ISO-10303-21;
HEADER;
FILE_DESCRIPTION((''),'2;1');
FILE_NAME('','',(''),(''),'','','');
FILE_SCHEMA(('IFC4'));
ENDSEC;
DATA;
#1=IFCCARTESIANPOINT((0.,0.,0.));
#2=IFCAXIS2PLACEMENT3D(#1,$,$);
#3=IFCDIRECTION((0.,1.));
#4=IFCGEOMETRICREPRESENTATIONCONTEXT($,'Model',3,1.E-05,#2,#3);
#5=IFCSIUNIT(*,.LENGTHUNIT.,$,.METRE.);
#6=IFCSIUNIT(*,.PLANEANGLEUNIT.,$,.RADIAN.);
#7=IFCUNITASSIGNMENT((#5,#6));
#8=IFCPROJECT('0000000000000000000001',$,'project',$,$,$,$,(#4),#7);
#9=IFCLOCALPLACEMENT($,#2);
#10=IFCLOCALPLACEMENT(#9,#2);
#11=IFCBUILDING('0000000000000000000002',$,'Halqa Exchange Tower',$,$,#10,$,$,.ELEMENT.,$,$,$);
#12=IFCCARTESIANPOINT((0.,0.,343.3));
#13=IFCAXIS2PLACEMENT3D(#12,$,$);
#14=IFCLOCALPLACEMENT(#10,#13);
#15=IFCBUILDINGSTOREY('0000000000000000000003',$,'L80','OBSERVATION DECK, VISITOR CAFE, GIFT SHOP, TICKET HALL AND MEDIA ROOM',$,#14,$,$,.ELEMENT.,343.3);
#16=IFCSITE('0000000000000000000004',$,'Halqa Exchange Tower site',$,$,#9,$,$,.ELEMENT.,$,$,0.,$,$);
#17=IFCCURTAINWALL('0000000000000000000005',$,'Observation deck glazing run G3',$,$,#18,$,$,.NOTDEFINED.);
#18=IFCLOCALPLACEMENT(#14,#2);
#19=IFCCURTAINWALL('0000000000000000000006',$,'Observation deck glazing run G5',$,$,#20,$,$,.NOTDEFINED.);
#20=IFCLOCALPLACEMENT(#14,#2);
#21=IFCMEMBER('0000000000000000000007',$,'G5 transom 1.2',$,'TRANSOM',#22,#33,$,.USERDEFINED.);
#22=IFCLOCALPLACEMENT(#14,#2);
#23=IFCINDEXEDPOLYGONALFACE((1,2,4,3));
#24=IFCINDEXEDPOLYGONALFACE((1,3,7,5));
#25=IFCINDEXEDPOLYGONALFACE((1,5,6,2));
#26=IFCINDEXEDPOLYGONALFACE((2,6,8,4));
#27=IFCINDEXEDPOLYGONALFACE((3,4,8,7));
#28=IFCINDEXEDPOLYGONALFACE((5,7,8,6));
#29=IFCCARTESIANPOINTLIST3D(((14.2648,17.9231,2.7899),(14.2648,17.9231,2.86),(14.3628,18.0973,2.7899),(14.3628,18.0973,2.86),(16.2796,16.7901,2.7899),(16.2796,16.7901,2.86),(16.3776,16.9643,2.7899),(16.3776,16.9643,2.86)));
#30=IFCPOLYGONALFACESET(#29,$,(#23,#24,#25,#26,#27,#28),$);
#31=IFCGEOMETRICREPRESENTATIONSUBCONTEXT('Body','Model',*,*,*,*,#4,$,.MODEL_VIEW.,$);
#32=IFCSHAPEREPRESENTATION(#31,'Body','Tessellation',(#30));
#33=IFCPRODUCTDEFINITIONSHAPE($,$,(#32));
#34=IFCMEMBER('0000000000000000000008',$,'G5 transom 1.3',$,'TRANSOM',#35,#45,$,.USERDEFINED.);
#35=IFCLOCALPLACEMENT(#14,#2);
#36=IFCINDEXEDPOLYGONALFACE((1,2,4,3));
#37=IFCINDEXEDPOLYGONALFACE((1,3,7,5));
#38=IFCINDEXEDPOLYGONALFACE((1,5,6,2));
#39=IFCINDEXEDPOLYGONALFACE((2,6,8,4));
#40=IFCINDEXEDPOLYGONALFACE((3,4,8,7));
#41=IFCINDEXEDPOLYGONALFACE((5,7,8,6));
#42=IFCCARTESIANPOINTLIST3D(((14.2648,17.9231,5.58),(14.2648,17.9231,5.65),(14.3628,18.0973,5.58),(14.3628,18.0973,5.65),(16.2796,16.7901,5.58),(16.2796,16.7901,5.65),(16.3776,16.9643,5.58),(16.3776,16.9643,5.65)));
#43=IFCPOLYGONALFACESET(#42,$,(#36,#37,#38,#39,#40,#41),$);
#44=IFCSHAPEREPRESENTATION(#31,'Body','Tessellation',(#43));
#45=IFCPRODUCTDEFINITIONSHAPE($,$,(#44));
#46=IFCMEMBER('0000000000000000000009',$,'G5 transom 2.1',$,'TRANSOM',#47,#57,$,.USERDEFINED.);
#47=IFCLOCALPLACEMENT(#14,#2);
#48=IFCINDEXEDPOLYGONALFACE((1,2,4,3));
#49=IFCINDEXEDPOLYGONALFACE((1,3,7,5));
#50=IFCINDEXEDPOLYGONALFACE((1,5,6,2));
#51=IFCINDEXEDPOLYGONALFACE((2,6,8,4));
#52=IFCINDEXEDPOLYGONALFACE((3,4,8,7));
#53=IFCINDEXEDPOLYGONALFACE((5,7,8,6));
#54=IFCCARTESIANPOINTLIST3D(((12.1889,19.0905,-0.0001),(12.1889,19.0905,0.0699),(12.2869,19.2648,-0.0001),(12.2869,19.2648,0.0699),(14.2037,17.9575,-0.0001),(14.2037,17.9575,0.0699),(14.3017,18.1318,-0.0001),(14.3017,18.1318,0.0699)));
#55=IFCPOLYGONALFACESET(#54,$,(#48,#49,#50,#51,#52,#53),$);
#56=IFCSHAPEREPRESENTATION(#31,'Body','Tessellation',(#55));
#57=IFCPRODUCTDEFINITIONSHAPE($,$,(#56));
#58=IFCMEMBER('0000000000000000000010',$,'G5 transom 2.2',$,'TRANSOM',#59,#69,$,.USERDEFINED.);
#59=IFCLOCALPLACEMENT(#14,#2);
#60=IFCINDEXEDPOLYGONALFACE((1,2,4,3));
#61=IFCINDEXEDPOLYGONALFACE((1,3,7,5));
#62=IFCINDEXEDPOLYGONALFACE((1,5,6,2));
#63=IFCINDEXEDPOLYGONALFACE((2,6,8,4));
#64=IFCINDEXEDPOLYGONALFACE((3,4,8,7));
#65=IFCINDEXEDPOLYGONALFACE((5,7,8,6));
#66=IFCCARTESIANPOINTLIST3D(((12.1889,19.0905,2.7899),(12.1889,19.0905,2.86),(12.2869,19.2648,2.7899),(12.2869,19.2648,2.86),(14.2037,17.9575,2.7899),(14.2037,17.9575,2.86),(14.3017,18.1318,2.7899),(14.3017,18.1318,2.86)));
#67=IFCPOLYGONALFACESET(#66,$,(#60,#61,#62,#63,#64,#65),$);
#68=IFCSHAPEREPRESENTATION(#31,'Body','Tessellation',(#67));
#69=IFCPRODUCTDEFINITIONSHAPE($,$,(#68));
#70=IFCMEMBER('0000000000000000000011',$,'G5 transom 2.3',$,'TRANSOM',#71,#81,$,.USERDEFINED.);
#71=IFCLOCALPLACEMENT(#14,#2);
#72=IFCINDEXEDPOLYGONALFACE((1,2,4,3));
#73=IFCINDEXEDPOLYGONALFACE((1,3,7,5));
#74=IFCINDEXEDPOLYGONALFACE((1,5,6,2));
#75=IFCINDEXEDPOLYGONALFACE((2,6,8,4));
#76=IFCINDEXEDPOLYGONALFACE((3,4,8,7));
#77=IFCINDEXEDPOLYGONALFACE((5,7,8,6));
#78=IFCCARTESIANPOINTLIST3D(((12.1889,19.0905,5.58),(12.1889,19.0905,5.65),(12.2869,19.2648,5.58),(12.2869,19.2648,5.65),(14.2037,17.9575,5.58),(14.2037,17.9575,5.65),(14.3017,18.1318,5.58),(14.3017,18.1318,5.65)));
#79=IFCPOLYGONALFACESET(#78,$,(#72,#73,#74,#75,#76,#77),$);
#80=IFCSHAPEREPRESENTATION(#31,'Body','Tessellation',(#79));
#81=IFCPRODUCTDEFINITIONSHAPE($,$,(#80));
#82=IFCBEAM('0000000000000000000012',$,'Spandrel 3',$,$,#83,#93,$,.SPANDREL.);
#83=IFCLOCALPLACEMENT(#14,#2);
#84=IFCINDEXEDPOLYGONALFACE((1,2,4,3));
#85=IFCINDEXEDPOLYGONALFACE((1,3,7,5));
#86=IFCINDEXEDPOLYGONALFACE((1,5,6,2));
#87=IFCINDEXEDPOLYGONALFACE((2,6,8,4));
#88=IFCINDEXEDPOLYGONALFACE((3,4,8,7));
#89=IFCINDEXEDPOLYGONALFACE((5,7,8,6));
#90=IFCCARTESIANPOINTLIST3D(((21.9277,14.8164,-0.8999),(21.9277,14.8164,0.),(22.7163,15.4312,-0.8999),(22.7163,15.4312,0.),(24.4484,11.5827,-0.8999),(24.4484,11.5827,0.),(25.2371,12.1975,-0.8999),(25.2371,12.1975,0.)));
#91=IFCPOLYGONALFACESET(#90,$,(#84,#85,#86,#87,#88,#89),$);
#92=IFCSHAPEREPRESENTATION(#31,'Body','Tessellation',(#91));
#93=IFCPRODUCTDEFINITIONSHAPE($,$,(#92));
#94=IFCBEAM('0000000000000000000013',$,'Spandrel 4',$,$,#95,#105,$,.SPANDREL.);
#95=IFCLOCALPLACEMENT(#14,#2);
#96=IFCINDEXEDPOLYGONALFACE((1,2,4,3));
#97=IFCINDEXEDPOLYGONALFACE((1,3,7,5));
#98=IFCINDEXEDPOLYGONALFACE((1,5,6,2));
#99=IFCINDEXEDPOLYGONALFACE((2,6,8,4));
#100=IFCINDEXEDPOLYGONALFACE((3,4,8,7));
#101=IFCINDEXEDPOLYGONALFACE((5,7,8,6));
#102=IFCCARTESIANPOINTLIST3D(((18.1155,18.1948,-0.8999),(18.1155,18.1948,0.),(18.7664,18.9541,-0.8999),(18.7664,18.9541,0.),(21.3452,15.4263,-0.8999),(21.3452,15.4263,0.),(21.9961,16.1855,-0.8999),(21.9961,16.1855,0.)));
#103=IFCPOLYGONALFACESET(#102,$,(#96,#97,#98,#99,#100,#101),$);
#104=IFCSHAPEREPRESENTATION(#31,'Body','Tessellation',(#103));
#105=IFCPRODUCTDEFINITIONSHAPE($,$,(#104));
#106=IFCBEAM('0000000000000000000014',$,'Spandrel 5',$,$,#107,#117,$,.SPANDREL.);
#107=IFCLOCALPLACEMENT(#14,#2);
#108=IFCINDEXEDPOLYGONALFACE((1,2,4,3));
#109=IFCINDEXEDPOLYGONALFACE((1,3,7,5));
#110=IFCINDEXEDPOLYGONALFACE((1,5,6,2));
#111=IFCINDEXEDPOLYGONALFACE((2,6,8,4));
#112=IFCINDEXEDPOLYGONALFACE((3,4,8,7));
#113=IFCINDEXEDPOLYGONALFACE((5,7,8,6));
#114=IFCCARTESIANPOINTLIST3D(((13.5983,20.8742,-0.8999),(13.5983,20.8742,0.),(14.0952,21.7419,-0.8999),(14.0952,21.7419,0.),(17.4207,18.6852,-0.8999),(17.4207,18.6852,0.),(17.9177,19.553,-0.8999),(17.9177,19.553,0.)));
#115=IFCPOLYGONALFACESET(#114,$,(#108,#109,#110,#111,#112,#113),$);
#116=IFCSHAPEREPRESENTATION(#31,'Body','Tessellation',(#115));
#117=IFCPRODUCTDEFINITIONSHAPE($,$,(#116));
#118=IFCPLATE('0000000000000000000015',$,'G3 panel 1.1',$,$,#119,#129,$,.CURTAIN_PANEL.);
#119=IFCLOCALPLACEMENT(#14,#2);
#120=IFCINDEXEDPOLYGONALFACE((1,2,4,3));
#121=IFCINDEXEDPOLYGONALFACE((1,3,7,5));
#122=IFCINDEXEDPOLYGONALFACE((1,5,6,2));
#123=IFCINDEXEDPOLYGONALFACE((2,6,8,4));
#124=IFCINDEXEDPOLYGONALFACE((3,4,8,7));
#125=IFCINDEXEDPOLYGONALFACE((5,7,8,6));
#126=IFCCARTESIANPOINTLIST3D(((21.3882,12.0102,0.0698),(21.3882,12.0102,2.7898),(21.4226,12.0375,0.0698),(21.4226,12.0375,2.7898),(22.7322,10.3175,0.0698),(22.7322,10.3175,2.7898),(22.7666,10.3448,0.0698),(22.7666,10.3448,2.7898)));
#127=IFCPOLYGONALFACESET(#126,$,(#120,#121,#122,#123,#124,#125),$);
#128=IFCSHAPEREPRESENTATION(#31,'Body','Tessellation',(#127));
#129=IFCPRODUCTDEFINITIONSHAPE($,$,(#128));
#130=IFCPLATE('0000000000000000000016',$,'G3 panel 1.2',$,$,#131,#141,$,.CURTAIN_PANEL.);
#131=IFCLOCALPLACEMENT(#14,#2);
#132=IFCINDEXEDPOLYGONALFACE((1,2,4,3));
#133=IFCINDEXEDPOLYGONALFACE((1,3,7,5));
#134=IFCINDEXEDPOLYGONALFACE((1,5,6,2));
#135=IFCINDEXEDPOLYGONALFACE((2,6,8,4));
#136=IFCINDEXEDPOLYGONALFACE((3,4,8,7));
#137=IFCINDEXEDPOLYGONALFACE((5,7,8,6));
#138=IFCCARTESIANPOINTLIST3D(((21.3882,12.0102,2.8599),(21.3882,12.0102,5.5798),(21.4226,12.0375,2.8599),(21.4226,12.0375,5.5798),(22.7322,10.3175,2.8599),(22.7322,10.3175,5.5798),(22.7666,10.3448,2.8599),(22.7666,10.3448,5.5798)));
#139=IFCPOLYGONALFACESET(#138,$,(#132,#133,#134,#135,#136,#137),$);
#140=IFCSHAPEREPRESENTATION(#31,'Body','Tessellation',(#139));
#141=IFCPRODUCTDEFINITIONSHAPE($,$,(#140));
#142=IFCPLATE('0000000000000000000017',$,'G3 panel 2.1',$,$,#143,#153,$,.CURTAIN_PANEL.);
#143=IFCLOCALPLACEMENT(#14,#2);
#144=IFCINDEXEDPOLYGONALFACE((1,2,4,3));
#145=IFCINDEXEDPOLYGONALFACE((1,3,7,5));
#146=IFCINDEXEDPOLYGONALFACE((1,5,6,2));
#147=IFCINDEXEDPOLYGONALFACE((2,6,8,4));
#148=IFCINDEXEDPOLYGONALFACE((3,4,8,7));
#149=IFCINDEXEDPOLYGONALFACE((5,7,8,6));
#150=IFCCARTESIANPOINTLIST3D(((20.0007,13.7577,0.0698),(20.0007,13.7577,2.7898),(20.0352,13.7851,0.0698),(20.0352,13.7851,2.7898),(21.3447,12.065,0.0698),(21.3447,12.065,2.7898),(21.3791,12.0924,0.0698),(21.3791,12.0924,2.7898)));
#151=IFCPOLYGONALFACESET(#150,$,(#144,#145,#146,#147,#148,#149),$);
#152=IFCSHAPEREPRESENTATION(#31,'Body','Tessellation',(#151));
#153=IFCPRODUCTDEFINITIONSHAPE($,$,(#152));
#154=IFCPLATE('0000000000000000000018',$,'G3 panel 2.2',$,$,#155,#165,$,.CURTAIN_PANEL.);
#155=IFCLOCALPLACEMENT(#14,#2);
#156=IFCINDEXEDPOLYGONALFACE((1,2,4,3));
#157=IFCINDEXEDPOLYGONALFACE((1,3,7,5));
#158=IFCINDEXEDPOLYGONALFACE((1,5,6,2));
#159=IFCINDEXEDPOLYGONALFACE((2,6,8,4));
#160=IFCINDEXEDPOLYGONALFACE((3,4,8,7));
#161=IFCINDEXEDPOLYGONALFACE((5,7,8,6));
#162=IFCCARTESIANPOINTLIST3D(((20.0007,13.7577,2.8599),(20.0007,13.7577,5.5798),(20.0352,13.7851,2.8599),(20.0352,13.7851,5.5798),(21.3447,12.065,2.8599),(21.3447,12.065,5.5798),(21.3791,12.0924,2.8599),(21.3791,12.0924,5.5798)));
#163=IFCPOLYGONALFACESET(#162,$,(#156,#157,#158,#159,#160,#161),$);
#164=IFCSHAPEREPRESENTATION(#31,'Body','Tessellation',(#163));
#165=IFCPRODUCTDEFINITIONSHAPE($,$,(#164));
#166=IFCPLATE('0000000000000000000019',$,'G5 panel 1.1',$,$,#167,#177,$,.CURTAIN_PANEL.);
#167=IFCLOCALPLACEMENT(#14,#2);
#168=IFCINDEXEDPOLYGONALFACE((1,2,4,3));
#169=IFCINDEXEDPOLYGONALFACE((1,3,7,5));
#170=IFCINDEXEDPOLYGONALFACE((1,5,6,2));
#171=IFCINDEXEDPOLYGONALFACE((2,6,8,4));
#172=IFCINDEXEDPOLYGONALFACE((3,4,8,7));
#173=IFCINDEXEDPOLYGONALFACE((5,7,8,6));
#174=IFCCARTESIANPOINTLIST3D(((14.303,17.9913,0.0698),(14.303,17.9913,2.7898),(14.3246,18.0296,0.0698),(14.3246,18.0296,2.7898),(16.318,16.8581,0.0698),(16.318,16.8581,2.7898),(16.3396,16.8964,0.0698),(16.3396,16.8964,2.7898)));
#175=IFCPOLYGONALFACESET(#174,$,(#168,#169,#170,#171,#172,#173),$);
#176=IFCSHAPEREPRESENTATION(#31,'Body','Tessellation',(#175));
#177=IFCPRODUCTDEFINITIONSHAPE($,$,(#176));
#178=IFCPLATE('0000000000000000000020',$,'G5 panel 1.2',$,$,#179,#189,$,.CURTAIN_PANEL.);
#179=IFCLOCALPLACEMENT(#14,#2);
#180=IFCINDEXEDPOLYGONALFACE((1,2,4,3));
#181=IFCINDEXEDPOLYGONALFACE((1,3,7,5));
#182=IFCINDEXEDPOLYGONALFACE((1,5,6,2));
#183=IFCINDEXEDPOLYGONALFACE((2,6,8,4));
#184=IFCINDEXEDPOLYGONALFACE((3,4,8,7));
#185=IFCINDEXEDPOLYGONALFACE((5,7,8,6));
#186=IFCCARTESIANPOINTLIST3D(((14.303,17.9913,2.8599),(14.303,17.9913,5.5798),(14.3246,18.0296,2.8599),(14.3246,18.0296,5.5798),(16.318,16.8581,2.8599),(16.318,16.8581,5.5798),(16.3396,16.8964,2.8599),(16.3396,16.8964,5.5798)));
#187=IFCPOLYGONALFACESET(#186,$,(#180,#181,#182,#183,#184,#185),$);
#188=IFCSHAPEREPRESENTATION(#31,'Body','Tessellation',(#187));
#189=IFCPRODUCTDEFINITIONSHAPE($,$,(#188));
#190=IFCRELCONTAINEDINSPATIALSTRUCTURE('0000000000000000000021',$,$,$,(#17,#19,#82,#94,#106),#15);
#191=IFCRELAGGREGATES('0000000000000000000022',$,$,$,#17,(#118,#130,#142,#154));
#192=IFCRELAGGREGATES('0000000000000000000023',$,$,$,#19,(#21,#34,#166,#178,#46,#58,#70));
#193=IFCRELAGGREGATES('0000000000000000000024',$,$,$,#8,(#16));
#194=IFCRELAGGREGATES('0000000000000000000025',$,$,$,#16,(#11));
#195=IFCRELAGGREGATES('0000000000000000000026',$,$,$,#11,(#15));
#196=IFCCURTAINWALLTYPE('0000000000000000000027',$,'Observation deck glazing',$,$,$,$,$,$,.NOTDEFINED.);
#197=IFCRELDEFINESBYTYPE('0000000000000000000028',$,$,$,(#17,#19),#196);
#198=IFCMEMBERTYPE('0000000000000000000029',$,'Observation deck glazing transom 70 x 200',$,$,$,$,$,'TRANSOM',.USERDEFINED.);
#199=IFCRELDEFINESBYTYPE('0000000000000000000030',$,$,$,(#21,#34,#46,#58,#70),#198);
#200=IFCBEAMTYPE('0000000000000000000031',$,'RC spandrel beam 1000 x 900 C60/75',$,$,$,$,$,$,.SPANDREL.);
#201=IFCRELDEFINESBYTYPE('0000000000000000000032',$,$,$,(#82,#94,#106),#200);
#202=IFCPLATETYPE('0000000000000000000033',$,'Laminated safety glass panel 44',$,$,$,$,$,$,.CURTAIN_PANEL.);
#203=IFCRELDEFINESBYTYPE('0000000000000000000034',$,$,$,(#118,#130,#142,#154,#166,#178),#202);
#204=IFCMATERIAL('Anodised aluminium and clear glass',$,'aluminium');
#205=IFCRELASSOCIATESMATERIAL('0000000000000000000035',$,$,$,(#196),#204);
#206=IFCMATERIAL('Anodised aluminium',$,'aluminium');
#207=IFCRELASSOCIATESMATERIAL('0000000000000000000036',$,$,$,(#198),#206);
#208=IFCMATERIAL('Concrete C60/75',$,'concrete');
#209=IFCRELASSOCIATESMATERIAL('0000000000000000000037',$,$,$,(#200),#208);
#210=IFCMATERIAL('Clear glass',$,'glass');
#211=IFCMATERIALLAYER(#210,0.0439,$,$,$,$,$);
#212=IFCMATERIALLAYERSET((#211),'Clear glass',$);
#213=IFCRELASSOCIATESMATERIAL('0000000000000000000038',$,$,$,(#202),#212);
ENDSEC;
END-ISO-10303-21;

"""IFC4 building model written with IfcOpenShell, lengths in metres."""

from ifc_helpers import new_model, si_unit, direction, frame, origin, origin_2d, place, context, subcontext, project, spatial, rectangle, extrude, material, layer, layer_set, material_profile, profile_set, type_object, element, aggregate, save


model = new_model("IFC4")

# Units and contexts
model_context = context("Model", 3, precision=1e-05, world=origin(), true_north=direction((0.0, 1.0)))
body_context = subcontext(model_context, "Body", "Model", "MODEL_VIEW")
ifc_project = project(units=[si_unit("LENGTHUNIT", "METRE"), si_unit("PLANEANGLEUNIT", "RADIAN")], contexts=[model_context])

# Site, building, storey
site_placement = place(None, origin())
site = spatial("IfcSite", under=ifc_project, at=site_placement, Name="Halqa Exchange Tower site", CompositionType="ELEMENT", RefElevation=0.0)
building_placement = place(site_placement, origin())
building = spatial("IfcBuilding", under=site, at=building_placement, Name="Halqa Exchange Tower", CompositionType="ELEMENT")
storey_placement = place(building_placement, frame((0.0, 0.0, 343.3)))
storey = spatial("IfcBuildingStorey", under=building, at=storey_placement, Name="L80", Description="OBSERVATION DECK, VISITOR CAFE, GIFT SHOP, TICKET HALL AND MEDIA ROOM", CompositionType="ELEMENT", Elevation=343.3)

# Curtain walls
ifc_material_1 = material(Name="Anodised aluminium and clear glass", Category="aluminium")
curtain_wall_type = type_object("IfcCurtainWallType", Name="Observation deck glazing", PredefinedType="NOTDEFINED", material=ifc_material_1)
curtain_wall_1_placement = place(storey_placement, origin())
curtain_wall_1 = element("IfcCurtainWall", 1, at=curtain_wall_1_placement, inside=storey, type_object=curtain_wall_type, Name="Observation deck glazing run G3", PredefinedType="NOTDEFINED")
ifc_material_2 = material(Name="Anodised aluminium", Category="aluminium")
curtain_wall_2_placement = place(storey_placement, origin())
curtain_wall_2 = element("IfcCurtainWall", 2, at=curtain_wall_2_placement, inside=storey, type_object=curtain_wall_type, Name="Observation deck glazing run G5", PredefinedType="NOTDEFINED")

# Members
ifc_material_profile_1 = material_profile(ifc_material_2, rectangle(XDim=0.2, YDim=0.0701, at=origin_2d()), Name="AL 70x200")
ifc_profile_set_1 = profile_set([ifc_material_profile_1], Name="Anodised aluminium")
member_type_1 = type_object("IfcMemberType", Name="Observation deck glazing transom 70 x 200", ElementType="TRANSOM", PredefinedType="USERDEFINED", material=ifc_profile_set_1)
member_1_placement = place(storey_placement, frame((16.3286, 16.8772, 2.825), z_axis=(-0.871635, 0.490156, 0.0), x_axis=(-0.490156, -0.871635, 0.0)))
member_1 = element("IfcMember", 3, at=member_1_placement, type_object=member_type_1, Name="G5 transom 1.2", ObjectType="TRANSOM", PredefinedType="USERDEFINED", context=body_context, shape_type="SweptSolid", body=[
    extrude(rectangle(XDim=0.2, YDim=0.0701, at=origin_2d()), origin(), (0.0, 0.0, 1.0), 2.3115),
])
member_2_placement = place(storey_placement, frame((16.3286, 16.8772, 5.615), z_axis=(-0.871635, 0.490156, 0.0), x_axis=(-0.490156, -0.871635, 0.0)))
member_2 = element("IfcMember", 4, at=member_2_placement, type_object=member_type_1, Name="G5 transom 1.3", ObjectType="TRANSOM", PredefinedType="USERDEFINED", context=body_context, shape_type="SweptSolid", body=[
    extrude(rectangle(XDim=0.2, YDim=0.0701, at=origin_2d()), origin(), (0.0, 0.0, 1.0), 2.3115),
])
member_3_placement = place(storey_placement, frame((14.2527, 18.0447, 0.0349), z_axis=(-0.871635, 0.490156, 0.0), x_axis=(-0.490156, -0.871635, 0.0)))
member_3 = element("IfcMember", 5, at=member_3_placement, type_object=member_type_1, Name="G5 transom 2.1", ObjectType="TRANSOM", PredefinedType="USERDEFINED", context=body_context, shape_type="SweptSolid", body=[
    extrude(rectangle(XDim=0.2, YDim=0.0701, at=origin_2d()), origin(), (0.0, 0.0, 1.0), 2.3115),
])
member_4_placement = place(storey_placement, frame((14.2527, 18.0447, 2.825), z_axis=(-0.871635, 0.490156, 0.0), x_axis=(-0.490156, -0.871635, 0.0)))
member_4 = element("IfcMember", 6, at=member_4_placement, type_object=member_type_1, Name="G5 transom 2.2", ObjectType="TRANSOM", PredefinedType="USERDEFINED", context=body_context, shape_type="SweptSolid", body=[
    extrude(rectangle(XDim=0.2, YDim=0.0701, at=origin_2d()), origin(), (0.0, 0.0, 1.0), 2.3115),
])
member_5_placement = place(storey_placement, frame((14.2527, 18.0447, 5.615), z_axis=(-0.871635, 0.490156, 0.0), x_axis=(-0.490156, -0.871635, 0.0)))
member_5 = element("IfcMember", 7, at=member_5_placement, type_object=member_type_1, Name="G5 transom 2.3", ObjectType="TRANSOM", PredefinedType="USERDEFINED", context=body_context, shape_type="SweptSolid", body=[
    extrude(rectangle(XDim=0.2, YDim=0.0701, at=origin_2d()), origin(), (0.0, 0.0, 1.0), 2.3115),
])

# Beams
ifc_material_3 = material(Name="Concrete C60/75", Category="concrete")
ifc_material_profile_2 = material_profile(ifc_material_3, rectangle(XDim=1.0, YDim=0.8999, at=origin_2d()), Name="1000 x 900")
ifc_profile_set_2 = profile_set([ifc_material_profile_2], Name="Concrete C60/75")
beam_type = type_object("IfcBeamType", Name="RC spandrel beam 1000 x 900 C60/75", PredefinedType="SPANDREL", material=ifc_profile_set_2)
beam_1_placement = place(storey_placement, frame((24.8428, 11.8901, -0.45), z_axis=(-0.614806, 0.788678, 0.0), x_axis=(-0.788678, -0.614806, 0.0)))
element("IfcBeam", 8, at=beam_1_placement, inside=storey, type_object=beam_type, Name="Spandrel 3", PredefinedType="SPANDREL", context=body_context, shape_type="SweptSolid", body=[
    extrude(rectangle(XDim=1.0, YDim=0.8999, at=origin_2d()), origin(), (0.0, 0.0, 1.0), 4.1001),
])
beam_2_placement = place(storey_placement, frame((21.6707, 15.8059, -0.45), z_axis=(-0.759232, 0.65082, 0.0), x_axis=(-0.65082, -0.759232, 0.0)))
element("IfcBeam", 9, at=beam_2_placement, inside=storey, type_object=beam_type, Name="Spandrel 4", PredefinedType="SPANDREL", context=body_context, shape_type="SweptSolid", body=[
    extrude(rectangle(XDim=1.0, YDim=0.8999, at=origin_2d()), origin(), (0.0, 0.0, 1.0), 4.2539),
])
beam_3_placement = place(storey_placement, frame((17.6692, 19.1191, -0.45), z_axis=(-0.867786, 0.496939, 0.0), x_axis=(-0.496939, -0.867786, 0.0)))
element("IfcBeam", 10, at=beam_3_placement, inside=storey, type_object=beam_type, Name="Spandrel 5", PredefinedType="SPANDREL", context=body_context, shape_type="SweptSolid", body=[
    extrude(rectangle(XDim=1.0, YDim=0.8999, at=origin_2d()), origin(), (0.0, 0.0, 1.0), 4.4048),
])

# Plates
ifc_material_4 = material(Name="Clear glass", Category="glass")
ifc_layer_1 = layer(ifc_material_4, 0.0439)
ifc_layer_set_1 = layer_set([ifc_layer_1], Name="Clear glass")
plate_type = type_object("IfcPlateType", Name="Laminated safety glass panel 44", PredefinedType="CURTAIN_PANEL", material=ifc_layer_set_1)
plate_1_placement = place(storey_placement, frame((22.0774, 11.1775, 0.0698), z_axis=(0.0, 0.0, 1.0), x_axis=(-0.621817, 0.783162, 0.0)))
plate_1 = element("IfcPlate", 11, at=plate_1_placement, type_object=plate_type, Name="G3 panel 1.1", PredefinedType="CURTAIN_PANEL", context=body_context, shape_type="SweptSolid", body=[
    extrude(rectangle(XDim=2.1614, YDim=0.0439, at=origin_2d()), origin(), (0.0, 0.0, 1.0), 2.72),
])
plate_2_placement = place(storey_placement, frame((22.0774, 11.1775, 2.8599), z_axis=(0.0, 0.0, 1.0), x_axis=(-0.621817, 0.783162, 0.0)))
plate_2 = element("IfcPlate", 12, at=plate_2_placement, type_object=plate_type, Name="G3 panel 1.2", PredefinedType="CURTAIN_PANEL", context=body_context, shape_type="SweptSolid", body=[
    extrude(rectangle(XDim=2.1614, YDim=0.0439, at=origin_2d()), origin(), (0.0, 0.0, 1.0), 2.72),
])
plate_3_placement = place(storey_placement, frame((20.6899, 12.925, 0.0698), z_axis=(0.0, 0.0, 1.0), x_axis=(-0.621817, 0.783162, 0.0)))
plate_3 = element("IfcPlate", 13, at=plate_3_placement, type_object=plate_type, Name="G3 panel 2.1", PredefinedType="CURTAIN_PANEL", context=body_context, shape_type="SweptSolid", body=[
    extrude(rectangle(XDim=2.1614, YDim=0.0439, at=origin_2d()), origin(), (0.0, 0.0, 1.0), 2.72),
])
plate_4_placement = place(storey_placement, frame((20.6899, 12.925, 2.8599), z_axis=(0.0, 0.0, 1.0), x_axis=(-0.621817, 0.783162, 0.0)))
plate_4 = element("IfcPlate", 14, at=plate_4_placement, type_object=plate_type, Name="G3 panel 2.2", PredefinedType="CURTAIN_PANEL", context=body_context, shape_type="SweptSolid", body=[
    extrude(rectangle(XDim=2.1614, YDim=0.0439, at=origin_2d()), origin(), (0.0, 0.0, 1.0), 2.72),
])
aggregate(curtain_wall_1, [plate_1, plate_2, plate_3, plate_4])
plate_5_placement = place(storey_placement, frame((15.3213, 17.4438, 0.0698), z_axis=(0.0, 0.0, 1.0), x_axis=(-0.871634, 0.490158, 0.0)))
plate_5 = element("IfcPlate", 15, at=plate_5_placement, type_object=plate_type, Name="G5 panel 1.1", PredefinedType="CURTAIN_PANEL", context=body_context, shape_type="SweptSolid", body=[
    extrude(rectangle(XDim=2.3118, YDim=0.0439, at=origin_2d()), origin(), (0.0, 0.0, 1.0), 2.72),
])
plate_6_placement = place(storey_placement, frame((15.3213, 17.4438, 2.8599), z_axis=(0.0, 0.0, 1.0), x_axis=(-0.871634, 0.490158, 0.0)))
plate_6 = element("IfcPlate", 16, at=plate_6_placement, type_object=plate_type, Name="G5 panel 1.2", PredefinedType="CURTAIN_PANEL", context=body_context, shape_type="SweptSolid", body=[
    extrude(rectangle(XDim=2.3118, YDim=0.0439, at=origin_2d()), origin(), (0.0, 0.0, 1.0), 2.72),
])
aggregate(curtain_wall_2, [member_1, member_2, plate_5, plate_6, member_3, member_4, member_5])

save(model, "model.ifc")
